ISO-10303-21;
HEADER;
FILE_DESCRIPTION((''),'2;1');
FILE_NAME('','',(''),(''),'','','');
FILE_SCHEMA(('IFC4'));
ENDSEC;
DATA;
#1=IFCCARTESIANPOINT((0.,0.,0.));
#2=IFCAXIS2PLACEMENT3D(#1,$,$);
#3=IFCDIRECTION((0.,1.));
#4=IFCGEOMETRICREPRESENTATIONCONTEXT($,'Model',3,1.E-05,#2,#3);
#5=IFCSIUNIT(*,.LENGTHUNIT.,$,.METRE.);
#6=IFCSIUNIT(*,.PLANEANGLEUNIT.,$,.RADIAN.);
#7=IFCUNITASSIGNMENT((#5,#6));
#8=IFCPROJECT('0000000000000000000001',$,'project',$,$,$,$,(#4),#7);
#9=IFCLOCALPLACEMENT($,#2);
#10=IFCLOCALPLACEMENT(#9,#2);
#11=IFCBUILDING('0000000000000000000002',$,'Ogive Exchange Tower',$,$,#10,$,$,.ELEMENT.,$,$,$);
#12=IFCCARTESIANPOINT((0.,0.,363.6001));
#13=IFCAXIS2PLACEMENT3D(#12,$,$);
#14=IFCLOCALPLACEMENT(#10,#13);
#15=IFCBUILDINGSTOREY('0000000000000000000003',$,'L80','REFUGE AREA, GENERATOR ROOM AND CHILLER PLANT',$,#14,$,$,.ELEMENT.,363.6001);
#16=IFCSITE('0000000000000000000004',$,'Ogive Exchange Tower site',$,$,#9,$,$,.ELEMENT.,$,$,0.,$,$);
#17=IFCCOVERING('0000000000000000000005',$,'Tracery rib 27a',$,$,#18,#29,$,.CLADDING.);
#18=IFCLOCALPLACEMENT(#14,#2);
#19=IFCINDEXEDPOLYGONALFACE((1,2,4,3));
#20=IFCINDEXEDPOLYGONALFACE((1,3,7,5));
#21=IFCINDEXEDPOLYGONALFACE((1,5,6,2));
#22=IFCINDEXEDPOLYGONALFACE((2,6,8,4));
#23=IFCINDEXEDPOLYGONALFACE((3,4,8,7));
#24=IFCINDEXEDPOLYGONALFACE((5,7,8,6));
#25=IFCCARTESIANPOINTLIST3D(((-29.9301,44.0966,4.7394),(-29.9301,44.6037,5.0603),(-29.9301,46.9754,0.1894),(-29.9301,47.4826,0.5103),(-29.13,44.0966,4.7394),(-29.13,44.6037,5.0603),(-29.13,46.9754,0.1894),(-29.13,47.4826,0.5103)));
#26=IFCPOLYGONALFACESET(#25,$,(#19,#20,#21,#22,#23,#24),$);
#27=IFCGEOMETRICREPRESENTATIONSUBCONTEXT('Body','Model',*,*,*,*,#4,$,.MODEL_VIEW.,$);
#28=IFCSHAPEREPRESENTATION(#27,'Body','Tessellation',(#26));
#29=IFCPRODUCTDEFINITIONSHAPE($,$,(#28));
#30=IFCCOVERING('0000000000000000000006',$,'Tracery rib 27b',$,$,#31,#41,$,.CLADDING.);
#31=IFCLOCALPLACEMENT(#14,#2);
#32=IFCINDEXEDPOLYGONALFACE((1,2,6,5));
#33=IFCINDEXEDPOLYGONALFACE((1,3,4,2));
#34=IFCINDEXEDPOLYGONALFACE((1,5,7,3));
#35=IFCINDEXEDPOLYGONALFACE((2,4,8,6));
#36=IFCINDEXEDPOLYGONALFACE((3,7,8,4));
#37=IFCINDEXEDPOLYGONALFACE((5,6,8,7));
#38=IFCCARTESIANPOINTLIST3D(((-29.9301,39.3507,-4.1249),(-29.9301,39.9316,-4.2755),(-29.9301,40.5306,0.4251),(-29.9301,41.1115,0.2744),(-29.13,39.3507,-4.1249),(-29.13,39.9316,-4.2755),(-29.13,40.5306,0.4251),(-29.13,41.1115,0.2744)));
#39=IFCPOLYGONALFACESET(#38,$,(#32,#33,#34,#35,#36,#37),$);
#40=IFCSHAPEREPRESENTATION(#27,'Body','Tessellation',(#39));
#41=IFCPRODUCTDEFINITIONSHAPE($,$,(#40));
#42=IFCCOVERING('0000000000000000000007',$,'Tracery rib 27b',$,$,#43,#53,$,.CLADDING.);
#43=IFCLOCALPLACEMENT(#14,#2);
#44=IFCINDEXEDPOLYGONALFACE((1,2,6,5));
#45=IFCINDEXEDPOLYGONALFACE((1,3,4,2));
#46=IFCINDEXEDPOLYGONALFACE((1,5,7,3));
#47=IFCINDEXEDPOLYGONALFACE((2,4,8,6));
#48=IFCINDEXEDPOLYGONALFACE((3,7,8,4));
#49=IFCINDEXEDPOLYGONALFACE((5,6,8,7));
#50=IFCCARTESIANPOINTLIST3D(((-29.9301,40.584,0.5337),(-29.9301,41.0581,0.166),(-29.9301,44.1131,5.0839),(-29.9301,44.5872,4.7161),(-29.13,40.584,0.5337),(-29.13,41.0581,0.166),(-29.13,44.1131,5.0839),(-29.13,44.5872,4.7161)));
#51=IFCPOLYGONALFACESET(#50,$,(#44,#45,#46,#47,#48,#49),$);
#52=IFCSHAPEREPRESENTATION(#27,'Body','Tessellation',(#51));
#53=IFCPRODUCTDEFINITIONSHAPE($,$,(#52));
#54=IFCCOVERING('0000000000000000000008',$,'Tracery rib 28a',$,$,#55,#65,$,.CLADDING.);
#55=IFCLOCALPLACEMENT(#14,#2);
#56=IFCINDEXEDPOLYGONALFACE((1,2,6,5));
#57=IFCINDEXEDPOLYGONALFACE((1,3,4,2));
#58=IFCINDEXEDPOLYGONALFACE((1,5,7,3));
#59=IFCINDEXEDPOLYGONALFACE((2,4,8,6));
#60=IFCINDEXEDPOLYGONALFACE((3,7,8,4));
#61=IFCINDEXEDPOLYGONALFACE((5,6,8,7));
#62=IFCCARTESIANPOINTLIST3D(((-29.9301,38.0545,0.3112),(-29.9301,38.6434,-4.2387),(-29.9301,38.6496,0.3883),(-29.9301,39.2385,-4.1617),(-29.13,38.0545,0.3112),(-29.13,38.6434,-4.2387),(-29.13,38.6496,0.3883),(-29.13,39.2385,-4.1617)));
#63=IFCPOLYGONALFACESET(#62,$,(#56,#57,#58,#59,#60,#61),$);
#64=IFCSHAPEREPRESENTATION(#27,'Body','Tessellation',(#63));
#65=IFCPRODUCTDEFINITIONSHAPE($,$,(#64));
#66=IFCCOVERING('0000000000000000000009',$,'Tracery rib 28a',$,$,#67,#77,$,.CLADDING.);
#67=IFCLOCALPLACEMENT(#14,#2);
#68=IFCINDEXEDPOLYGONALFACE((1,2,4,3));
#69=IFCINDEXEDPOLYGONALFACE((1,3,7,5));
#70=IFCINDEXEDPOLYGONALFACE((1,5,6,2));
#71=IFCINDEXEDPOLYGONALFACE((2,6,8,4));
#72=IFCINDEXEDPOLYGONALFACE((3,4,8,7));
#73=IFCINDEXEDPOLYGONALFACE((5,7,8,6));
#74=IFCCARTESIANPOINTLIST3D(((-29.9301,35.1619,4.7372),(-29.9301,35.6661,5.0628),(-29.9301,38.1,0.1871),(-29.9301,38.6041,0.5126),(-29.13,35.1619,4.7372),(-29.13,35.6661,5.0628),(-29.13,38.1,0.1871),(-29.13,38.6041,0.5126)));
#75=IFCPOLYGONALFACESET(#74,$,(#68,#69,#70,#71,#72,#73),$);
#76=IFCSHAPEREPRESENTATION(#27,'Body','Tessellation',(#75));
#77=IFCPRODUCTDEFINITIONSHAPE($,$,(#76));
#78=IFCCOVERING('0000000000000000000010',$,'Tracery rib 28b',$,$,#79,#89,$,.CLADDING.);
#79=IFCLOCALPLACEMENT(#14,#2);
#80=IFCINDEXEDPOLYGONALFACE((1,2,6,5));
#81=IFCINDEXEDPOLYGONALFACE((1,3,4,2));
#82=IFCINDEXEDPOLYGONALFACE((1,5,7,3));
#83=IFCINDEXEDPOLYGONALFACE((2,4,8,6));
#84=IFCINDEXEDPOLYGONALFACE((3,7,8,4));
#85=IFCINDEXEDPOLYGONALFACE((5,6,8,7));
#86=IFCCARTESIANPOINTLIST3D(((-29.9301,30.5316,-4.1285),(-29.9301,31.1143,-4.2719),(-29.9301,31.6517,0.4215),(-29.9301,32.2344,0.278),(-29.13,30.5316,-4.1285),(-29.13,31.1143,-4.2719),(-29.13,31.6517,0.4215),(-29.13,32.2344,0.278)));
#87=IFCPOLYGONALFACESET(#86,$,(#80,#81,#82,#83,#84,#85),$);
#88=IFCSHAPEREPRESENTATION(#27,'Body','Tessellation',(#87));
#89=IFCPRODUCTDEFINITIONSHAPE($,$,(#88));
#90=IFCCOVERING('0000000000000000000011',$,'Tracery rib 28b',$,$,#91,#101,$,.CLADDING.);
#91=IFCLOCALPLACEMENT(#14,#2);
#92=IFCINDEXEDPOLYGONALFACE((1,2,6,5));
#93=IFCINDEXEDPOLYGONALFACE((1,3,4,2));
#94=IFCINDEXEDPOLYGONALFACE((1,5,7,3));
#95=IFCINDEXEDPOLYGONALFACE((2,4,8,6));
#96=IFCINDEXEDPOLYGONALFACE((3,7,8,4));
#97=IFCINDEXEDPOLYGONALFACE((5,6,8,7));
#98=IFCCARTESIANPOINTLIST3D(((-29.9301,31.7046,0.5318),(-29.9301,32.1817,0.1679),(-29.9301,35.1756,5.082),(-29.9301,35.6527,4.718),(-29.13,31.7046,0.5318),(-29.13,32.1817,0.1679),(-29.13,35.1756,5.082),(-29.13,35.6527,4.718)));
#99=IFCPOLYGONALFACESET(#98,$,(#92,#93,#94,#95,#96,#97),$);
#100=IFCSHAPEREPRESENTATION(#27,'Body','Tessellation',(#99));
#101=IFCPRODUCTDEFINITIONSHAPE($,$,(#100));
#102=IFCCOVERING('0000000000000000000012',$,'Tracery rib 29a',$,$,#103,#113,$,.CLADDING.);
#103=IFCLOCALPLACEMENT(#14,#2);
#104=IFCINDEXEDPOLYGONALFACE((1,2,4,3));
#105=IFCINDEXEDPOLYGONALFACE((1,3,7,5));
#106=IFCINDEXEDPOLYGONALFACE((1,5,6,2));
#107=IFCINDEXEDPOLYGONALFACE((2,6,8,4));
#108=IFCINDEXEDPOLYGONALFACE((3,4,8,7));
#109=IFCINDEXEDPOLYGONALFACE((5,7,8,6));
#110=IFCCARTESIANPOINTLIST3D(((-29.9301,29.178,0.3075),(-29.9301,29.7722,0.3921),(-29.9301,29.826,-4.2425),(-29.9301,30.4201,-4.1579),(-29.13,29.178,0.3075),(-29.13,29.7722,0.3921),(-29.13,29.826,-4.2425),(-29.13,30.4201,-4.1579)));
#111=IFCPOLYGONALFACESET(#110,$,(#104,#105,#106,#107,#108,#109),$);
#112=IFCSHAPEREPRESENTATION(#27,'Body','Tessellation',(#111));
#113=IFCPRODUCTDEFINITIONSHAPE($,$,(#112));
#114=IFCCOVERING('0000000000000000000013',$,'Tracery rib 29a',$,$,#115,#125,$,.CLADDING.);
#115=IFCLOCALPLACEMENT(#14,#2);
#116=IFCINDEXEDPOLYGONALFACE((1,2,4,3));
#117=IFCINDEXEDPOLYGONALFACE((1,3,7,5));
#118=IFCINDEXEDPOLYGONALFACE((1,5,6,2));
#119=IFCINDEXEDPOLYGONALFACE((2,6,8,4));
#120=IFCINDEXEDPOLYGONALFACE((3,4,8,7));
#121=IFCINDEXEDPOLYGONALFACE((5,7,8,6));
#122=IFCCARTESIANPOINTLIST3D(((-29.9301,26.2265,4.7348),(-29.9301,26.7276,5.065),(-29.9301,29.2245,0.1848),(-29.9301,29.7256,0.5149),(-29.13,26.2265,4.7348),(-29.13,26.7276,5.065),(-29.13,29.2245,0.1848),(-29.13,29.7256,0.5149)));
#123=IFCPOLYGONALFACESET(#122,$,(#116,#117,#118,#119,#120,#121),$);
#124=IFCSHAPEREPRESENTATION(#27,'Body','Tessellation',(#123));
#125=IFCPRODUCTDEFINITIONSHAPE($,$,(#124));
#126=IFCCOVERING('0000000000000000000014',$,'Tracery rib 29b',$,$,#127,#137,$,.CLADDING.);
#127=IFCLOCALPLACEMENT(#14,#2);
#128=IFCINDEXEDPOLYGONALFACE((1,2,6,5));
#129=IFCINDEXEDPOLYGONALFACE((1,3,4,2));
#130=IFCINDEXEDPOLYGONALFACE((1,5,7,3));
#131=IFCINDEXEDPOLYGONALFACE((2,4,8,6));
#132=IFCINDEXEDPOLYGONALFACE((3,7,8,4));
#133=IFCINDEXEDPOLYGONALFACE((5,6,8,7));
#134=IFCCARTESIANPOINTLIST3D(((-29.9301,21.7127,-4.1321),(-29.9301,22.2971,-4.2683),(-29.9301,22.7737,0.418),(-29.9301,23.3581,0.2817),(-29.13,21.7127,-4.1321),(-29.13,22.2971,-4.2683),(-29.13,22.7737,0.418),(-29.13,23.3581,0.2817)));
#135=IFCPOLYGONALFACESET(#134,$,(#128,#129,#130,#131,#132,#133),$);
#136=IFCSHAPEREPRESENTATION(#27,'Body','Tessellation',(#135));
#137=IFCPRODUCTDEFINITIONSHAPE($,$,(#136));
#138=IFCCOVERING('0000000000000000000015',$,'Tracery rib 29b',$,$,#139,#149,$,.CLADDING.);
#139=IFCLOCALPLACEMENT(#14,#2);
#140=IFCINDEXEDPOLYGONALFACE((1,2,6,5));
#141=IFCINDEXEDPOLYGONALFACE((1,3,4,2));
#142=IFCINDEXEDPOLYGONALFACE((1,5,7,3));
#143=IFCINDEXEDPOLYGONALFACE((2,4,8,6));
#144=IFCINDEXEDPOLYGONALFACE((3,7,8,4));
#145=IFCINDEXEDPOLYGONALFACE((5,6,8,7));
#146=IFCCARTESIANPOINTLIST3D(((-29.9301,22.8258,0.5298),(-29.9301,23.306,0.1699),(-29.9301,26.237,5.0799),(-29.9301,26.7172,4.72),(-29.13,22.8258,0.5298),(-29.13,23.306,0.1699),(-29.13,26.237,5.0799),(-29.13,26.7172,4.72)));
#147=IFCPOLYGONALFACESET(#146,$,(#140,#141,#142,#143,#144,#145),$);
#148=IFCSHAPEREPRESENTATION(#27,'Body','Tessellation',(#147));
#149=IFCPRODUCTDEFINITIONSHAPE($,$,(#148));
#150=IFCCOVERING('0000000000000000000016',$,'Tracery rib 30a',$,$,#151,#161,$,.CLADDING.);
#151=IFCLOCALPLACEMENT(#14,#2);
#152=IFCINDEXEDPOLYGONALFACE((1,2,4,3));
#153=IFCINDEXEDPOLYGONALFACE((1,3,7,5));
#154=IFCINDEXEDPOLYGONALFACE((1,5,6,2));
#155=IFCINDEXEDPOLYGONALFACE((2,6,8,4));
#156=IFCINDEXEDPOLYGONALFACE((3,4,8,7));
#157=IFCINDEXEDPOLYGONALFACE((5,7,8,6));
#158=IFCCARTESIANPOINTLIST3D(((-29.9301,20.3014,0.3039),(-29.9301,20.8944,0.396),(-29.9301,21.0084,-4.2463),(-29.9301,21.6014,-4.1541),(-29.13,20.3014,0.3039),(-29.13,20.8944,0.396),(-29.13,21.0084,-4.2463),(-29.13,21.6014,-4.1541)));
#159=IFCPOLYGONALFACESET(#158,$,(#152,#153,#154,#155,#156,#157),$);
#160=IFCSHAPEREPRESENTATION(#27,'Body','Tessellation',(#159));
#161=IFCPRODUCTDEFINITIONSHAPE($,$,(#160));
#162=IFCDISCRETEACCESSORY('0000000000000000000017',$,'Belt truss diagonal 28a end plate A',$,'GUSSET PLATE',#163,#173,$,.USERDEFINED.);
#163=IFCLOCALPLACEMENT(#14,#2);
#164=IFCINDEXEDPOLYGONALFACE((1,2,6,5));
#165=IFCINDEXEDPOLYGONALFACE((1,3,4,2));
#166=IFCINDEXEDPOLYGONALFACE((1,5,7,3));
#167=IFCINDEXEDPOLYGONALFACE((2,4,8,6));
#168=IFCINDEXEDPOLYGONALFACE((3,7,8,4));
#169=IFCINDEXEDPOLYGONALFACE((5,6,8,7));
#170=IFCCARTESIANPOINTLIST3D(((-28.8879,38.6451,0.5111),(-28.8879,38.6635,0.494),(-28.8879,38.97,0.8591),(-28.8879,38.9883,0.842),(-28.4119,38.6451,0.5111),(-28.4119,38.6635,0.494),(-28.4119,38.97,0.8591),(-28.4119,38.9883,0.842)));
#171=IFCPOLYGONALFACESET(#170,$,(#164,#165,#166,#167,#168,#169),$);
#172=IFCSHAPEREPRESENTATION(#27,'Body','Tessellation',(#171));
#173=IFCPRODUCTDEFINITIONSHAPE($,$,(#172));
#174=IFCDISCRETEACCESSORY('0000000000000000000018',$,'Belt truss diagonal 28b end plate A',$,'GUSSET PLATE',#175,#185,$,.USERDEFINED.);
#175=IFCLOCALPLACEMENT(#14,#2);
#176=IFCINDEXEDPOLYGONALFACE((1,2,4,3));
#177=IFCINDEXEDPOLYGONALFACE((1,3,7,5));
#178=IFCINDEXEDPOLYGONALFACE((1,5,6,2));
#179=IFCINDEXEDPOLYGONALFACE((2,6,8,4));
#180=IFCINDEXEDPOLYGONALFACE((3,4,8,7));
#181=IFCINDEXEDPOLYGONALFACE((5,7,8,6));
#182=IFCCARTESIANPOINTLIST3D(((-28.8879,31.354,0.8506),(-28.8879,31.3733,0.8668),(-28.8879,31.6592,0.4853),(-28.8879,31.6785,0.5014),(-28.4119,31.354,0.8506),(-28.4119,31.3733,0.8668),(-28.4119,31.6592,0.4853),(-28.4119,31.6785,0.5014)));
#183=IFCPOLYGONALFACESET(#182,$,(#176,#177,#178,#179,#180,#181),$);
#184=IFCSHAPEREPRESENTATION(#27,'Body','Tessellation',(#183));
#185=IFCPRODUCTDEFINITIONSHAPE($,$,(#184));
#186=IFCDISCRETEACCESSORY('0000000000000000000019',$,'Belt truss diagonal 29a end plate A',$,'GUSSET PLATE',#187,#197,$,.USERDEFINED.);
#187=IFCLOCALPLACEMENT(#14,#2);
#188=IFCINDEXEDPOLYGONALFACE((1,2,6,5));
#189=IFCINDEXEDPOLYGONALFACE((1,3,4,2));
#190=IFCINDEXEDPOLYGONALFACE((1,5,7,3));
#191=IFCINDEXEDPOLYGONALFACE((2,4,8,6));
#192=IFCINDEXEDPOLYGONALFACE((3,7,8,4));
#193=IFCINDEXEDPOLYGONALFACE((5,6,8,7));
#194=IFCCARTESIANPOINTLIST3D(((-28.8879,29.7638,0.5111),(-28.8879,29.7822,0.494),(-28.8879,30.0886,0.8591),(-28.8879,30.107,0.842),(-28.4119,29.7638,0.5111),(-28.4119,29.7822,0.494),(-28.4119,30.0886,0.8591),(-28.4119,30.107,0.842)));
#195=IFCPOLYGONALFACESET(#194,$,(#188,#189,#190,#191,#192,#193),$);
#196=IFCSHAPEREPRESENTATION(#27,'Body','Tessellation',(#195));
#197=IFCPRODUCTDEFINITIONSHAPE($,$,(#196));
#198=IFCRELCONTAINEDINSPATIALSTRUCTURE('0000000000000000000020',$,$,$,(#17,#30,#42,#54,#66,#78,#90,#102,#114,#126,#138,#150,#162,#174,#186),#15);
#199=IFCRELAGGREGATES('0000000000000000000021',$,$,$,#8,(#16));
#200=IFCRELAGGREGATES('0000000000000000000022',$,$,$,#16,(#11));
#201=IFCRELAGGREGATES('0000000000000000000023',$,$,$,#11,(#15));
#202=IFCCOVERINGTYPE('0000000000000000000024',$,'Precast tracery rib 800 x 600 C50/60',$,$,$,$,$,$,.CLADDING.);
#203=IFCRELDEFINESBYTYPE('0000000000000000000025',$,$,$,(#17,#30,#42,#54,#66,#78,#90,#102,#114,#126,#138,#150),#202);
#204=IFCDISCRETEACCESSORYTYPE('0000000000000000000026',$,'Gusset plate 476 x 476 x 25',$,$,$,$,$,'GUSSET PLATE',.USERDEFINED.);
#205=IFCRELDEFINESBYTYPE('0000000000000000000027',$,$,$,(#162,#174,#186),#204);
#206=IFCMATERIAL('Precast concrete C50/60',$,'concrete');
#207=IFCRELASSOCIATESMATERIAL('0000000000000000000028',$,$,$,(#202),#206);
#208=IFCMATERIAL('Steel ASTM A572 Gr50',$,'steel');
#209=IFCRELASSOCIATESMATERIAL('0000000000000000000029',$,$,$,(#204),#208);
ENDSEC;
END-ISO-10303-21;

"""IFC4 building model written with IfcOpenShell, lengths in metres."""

from ifc_helpers import new_model, si_unit, direction, frame, origin, origin_2d, place, context, subcontext, project, spatial, rectangle, extrude, material, material_profile, profile_set, type_object, element, save


model = new_model("IFC4")

# Units and contexts
model_context = context("Model", 3, precision=1e-05, world=origin(), true_north=direction((0.0, 1.0)))
body_context = subcontext(model_context, "Body", "Model", "MODEL_VIEW")
ifc_project = project(units=[si_unit("LENGTHUNIT", "METRE"), si_unit("PLANEANGLEUNIT", "RADIAN")], contexts=[model_context])

# Site, building, storey
site_placement = place(None, origin())
site = spatial("IfcSite", under=ifc_project, at=site_placement, Name="Ogive Exchange Tower site", CompositionType="ELEMENT", RefElevation=0.0)
building_placement = place(site_placement, origin())
building = spatial("IfcBuilding", under=site, at=building_placement, Name="Ogive Exchange Tower", CompositionType="ELEMENT")
storey_placement = place(building_placement, frame((0.0, 0.0, 363.6001)))
storey = spatial("IfcBuildingStorey", under=building, at=storey_placement, Name="L80", Description="REFUGE AREA, GENERATOR ROOM AND CHILLER PLANT", CompositionType="ELEMENT", Elevation=363.6001)

# Coverings
ifc_material_1 = material(Name="Precast concrete C50/60", Category="concrete")
ifc_material_profile_1 = material_profile(ifc_material_1, rectangle(XDim=0.8, YDim=0.6001, at=origin_2d()), Name="RIB 800 x 600")
ifc_profile_set_1 = profile_set([ifc_material_profile_1], Name="Precast concrete C50/60")
covering_type = type_object("IfcCoveringType", Name="Precast tracery rib 800 x 600 C50/60", PredefinedType="CLADDING", material=ifc_profile_set_1)
covering_1_placement = place(storey_placement, frame((-29.53, 47.229, 0.3499), z_axis=(0.0, -0.534682, 0.845053), x_axis=(1.0, 0.0, 0.0)))
element("IfcCovering", 1, at=covering_1_placement, inside=storey, type_object=covering_type, Name="Tracery rib 27a", PredefinedType="CLADDING", context=body_context, shape_type="SweptSolid", body=[
    extrude(rectangle(XDim=0.8, YDim=0.6001, at=origin_2d()), origin(), (0.0, 0.0, 1.0), 5.3843),
])
covering_2_placement = place(storey_placement, frame((-29.53, 39.6411, -4.2002), z_axis=(0.0, 0.25102, 0.967982), x_axis=(-1.0, 0.0, 0.0)))
element("IfcCovering", 2, at=covering_2_placement, inside=storey, type_object=covering_type, Name="Tracery rib 27b", PredefinedType="CLADDING", context=body_context, shape_type="SweptSolid", body=[
    extrude(rectangle(XDim=0.8, YDim=0.6001, at=origin_2d()), origin(), (0.0, 0.0, 1.0), 4.7004),
])
covering_3_placement = place(storey_placement, frame((-29.53, 40.821, 0.3499), z_axis=(0.0, 0.612872, 0.790183), x_axis=(-1.0, 0.0, 0.0)))
element("IfcCovering", 3, at=covering_3_placement, inside=storey, type_object=covering_type, Name="Tracery rib 27b", PredefinedType="CLADDING", context=body_context, shape_type="SweptSolid", body=[
    extrude(rectangle(XDim=0.8, YDim=0.6001, at=origin_2d()), origin(), (0.0, 0.0, 1.0), 5.7583),
])
covering_4_placement = place(storey_placement, frame((-29.53, 38.9409, -4.2002), z_axis=(0.0, -0.12835, 0.991729), x_axis=(1.0, 0.0, 0.0)))
element("IfcCovering", 4, at=covering_4_placement, inside=storey, type_object=covering_type, Name="Tracery rib 28a", PredefinedType="CLADDING", context=body_context, shape_type="SweptSolid", body=[
    extrude(rectangle(XDim=0.8, YDim=0.6001, at=origin_2d()), origin(), (0.0, 0.0, 1.0), 4.5879),
])
covering_5_placement = place(storey_placement, frame((-29.53, 38.3521, 0.3499), z_axis=(0.0, -0.542449, 0.840089), x_axis=(1.0, 0.0, 0.0)))
element("IfcCovering", 5, at=covering_5_placement, inside=storey, type_object=covering_type, Name="Tracery rib 28a", PredefinedType="CLADDING", context=body_context, shape_type="SweptSolid", body=[
    extrude(rectangle(XDim=0.8, YDim=0.6001, at=origin_2d()), origin(), (0.0, 0.0, 1.0), 5.4163),
])
covering_6_placement = place(storey_placement, frame((-29.53, 30.823, -4.2002), z_axis=(0.0, 0.23904, 0.97101), x_axis=(-1.0, 0.0, 0.0)))
element("IfcCovering", 6, at=covering_6_placement, inside=storey, type_object=covering_type, Name="Tracery rib 28b", PredefinedType="CLADDING", context=body_context, shape_type="SweptSolid", body=[
    extrude(rectangle(XDim=0.8, YDim=0.6001, at=origin_2d()), origin(), (0.0, 0.0, 1.0), 4.6858),
])
covering_7_placement = place(storey_placement, frame((-29.53, 31.9431, 0.3499), z_axis=(0.0, 0.606512, 0.795074), x_axis=(-1.0, 0.0, 0.0)))
element("IfcCovering", 7, at=covering_7_placement, inside=storey, type_object=covering_type, Name="Tracery rib 28b", PredefinedType="CLADDING", context=body_context, shape_type="SweptSolid", body=[
    extrude(rectangle(XDim=0.8, YDim=0.6001, at=origin_2d()), origin(), (0.0, 0.0, 1.0), 5.7229),
])
covering_8_placement = place(storey_placement, frame((-29.53, 30.123, -4.2002), z_axis=(0.0, -0.140983, 0.990012), x_axis=(1.0, 0.0, 0.0)))
element("IfcCovering", 8, at=covering_8_placement, inside=storey, type_object=covering_type, Name="Tracery rib 29a", PredefinedType="CLADDING", context=body_context, shape_type="SweptSolid", body=[
    extrude(rectangle(XDim=0.8, YDim=0.6001, at=origin_2d()), origin(), (0.0, 0.0, 1.0), 4.5959),
])
covering_9_placement = place(storey_placement, frame((-29.53, 29.4751, 0.3499), z_axis=(0.0, -0.550205, 0.83503), x_axis=(1.0, 0.0, 0.0)))
element("IfcCovering", 9, at=covering_9_placement, inside=storey, type_object=covering_type, Name="Tracery rib 29a", PredefinedType="CLADDING", context=body_context, shape_type="SweptSolid", body=[
    extrude(rectangle(XDim=0.8, YDim=0.6001, at=origin_2d()), origin(), (0.0, 0.0, 1.0), 5.449),
])
covering_10_placement = place(storey_placement, frame((-29.53, 22.0049, -4.2002), z_axis=(0.0, 0.227099, 0.973872), x_axis=(-1.0, 0.0, 0.0)))
element("IfcCovering", 10, at=covering_10_placement, inside=storey, type_object=covering_type, Name="Tracery rib 29b", PredefinedType="CLADDING", context=body_context, shape_type="SweptSolid", body=[
    extrude(rectangle(XDim=0.8, YDim=0.6001, at=origin_2d()), origin(), (0.0, 0.0, 1.0), 4.6721),
])
covering_11_placement = place(storey_placement, frame((-29.53, 23.0659, 0.3499), z_axis=(0.0, 0.599842, 0.800118), x_axis=(-1.0, 0.0, 0.0)))
element("IfcCovering", 11, at=covering_11_placement, inside=storey, type_object=covering_type, Name="Tracery rib 29b", PredefinedType="CLADDING", context=body_context, shape_type="SweptSolid", body=[
    extrude(rectangle(XDim=0.8, YDim=0.6001, at=origin_2d()), origin(), (0.0, 0.0, 1.0), 5.6868),
])
covering_12_placement = place(storey_placement, frame((-29.53, 21.3049, -4.2002), z_axis=(0.0, -0.153547, 0.988141), x_axis=(1.0, 0.0, 0.0)))
element("IfcCovering", 12, at=covering_12_placement, inside=storey, type_object=covering_type, Name="Tracery rib 30a", PredefinedType="CLADDING", context=body_context, shape_type="SweptSolid", body=[
    extrude(rectangle(XDim=0.8, YDim=0.6001, at=origin_2d()), origin(), (0.0, 0.0, 1.0), 4.6047),
])

# Discrete accessories
ifc_material_2 = material(Name="Steel ASTM A572 Gr50", Category="steel")
ifc_material_profile_2 = material_profile(ifc_material_2, rectangle(XDim=0.4761, YDim=0.4761, at=origin_2d()), Name="PL 476 x 476 x 25")
ifc_profile_set_2 = profile_set([ifc_material_profile_2], Name="Steel ASTM A572 Gr50")
discrete_accessory_type = type_object("IfcDiscreteAccessoryType", Name="Gusset plate 476 x 476 x 25", ElementType="GUSSET PLATE", PredefinedType="USERDEFINED", material=ifc_profile_set_2)
for number, where, z_axis, x_axis, name in (
    (13, (-28.6499, 38.8259, 0.668), (0.0, -0.731055, 0.682318), (1.0, 0.0, 0.0), "Belt truss diagonal 28a end plate A"),
    (14, (-28.6499, 31.5066, 0.668), (0.0, 0.767424, 0.641139), (-1.0, 0.0, 0.0), "Belt truss diagonal 28b end plate A"),
    (15, (-28.6499, 29.9446, 0.668), (0.0, -0.731055, 0.682318), (1.0, 0.0, 0.0), "Belt truss diagonal 29a end plate A"),
):
    element("IfcDiscreteAccessory", number, at=place(storey_placement, frame(where, z_axis=z_axis, x_axis=x_axis)), inside=storey, type_object=discrete_accessory_type, Name=name, ObjectType="GUSSET PLATE", PredefinedType="USERDEFINED", context=body_context, shape_type="SweptSolid", body=[
        extrude(rectangle(XDim=0.4761, YDim=0.4761, at=origin_2d()), origin(), (0.0, 0.0, 1.0), 0.0251),
    ])

save(model, "model.ifc")
